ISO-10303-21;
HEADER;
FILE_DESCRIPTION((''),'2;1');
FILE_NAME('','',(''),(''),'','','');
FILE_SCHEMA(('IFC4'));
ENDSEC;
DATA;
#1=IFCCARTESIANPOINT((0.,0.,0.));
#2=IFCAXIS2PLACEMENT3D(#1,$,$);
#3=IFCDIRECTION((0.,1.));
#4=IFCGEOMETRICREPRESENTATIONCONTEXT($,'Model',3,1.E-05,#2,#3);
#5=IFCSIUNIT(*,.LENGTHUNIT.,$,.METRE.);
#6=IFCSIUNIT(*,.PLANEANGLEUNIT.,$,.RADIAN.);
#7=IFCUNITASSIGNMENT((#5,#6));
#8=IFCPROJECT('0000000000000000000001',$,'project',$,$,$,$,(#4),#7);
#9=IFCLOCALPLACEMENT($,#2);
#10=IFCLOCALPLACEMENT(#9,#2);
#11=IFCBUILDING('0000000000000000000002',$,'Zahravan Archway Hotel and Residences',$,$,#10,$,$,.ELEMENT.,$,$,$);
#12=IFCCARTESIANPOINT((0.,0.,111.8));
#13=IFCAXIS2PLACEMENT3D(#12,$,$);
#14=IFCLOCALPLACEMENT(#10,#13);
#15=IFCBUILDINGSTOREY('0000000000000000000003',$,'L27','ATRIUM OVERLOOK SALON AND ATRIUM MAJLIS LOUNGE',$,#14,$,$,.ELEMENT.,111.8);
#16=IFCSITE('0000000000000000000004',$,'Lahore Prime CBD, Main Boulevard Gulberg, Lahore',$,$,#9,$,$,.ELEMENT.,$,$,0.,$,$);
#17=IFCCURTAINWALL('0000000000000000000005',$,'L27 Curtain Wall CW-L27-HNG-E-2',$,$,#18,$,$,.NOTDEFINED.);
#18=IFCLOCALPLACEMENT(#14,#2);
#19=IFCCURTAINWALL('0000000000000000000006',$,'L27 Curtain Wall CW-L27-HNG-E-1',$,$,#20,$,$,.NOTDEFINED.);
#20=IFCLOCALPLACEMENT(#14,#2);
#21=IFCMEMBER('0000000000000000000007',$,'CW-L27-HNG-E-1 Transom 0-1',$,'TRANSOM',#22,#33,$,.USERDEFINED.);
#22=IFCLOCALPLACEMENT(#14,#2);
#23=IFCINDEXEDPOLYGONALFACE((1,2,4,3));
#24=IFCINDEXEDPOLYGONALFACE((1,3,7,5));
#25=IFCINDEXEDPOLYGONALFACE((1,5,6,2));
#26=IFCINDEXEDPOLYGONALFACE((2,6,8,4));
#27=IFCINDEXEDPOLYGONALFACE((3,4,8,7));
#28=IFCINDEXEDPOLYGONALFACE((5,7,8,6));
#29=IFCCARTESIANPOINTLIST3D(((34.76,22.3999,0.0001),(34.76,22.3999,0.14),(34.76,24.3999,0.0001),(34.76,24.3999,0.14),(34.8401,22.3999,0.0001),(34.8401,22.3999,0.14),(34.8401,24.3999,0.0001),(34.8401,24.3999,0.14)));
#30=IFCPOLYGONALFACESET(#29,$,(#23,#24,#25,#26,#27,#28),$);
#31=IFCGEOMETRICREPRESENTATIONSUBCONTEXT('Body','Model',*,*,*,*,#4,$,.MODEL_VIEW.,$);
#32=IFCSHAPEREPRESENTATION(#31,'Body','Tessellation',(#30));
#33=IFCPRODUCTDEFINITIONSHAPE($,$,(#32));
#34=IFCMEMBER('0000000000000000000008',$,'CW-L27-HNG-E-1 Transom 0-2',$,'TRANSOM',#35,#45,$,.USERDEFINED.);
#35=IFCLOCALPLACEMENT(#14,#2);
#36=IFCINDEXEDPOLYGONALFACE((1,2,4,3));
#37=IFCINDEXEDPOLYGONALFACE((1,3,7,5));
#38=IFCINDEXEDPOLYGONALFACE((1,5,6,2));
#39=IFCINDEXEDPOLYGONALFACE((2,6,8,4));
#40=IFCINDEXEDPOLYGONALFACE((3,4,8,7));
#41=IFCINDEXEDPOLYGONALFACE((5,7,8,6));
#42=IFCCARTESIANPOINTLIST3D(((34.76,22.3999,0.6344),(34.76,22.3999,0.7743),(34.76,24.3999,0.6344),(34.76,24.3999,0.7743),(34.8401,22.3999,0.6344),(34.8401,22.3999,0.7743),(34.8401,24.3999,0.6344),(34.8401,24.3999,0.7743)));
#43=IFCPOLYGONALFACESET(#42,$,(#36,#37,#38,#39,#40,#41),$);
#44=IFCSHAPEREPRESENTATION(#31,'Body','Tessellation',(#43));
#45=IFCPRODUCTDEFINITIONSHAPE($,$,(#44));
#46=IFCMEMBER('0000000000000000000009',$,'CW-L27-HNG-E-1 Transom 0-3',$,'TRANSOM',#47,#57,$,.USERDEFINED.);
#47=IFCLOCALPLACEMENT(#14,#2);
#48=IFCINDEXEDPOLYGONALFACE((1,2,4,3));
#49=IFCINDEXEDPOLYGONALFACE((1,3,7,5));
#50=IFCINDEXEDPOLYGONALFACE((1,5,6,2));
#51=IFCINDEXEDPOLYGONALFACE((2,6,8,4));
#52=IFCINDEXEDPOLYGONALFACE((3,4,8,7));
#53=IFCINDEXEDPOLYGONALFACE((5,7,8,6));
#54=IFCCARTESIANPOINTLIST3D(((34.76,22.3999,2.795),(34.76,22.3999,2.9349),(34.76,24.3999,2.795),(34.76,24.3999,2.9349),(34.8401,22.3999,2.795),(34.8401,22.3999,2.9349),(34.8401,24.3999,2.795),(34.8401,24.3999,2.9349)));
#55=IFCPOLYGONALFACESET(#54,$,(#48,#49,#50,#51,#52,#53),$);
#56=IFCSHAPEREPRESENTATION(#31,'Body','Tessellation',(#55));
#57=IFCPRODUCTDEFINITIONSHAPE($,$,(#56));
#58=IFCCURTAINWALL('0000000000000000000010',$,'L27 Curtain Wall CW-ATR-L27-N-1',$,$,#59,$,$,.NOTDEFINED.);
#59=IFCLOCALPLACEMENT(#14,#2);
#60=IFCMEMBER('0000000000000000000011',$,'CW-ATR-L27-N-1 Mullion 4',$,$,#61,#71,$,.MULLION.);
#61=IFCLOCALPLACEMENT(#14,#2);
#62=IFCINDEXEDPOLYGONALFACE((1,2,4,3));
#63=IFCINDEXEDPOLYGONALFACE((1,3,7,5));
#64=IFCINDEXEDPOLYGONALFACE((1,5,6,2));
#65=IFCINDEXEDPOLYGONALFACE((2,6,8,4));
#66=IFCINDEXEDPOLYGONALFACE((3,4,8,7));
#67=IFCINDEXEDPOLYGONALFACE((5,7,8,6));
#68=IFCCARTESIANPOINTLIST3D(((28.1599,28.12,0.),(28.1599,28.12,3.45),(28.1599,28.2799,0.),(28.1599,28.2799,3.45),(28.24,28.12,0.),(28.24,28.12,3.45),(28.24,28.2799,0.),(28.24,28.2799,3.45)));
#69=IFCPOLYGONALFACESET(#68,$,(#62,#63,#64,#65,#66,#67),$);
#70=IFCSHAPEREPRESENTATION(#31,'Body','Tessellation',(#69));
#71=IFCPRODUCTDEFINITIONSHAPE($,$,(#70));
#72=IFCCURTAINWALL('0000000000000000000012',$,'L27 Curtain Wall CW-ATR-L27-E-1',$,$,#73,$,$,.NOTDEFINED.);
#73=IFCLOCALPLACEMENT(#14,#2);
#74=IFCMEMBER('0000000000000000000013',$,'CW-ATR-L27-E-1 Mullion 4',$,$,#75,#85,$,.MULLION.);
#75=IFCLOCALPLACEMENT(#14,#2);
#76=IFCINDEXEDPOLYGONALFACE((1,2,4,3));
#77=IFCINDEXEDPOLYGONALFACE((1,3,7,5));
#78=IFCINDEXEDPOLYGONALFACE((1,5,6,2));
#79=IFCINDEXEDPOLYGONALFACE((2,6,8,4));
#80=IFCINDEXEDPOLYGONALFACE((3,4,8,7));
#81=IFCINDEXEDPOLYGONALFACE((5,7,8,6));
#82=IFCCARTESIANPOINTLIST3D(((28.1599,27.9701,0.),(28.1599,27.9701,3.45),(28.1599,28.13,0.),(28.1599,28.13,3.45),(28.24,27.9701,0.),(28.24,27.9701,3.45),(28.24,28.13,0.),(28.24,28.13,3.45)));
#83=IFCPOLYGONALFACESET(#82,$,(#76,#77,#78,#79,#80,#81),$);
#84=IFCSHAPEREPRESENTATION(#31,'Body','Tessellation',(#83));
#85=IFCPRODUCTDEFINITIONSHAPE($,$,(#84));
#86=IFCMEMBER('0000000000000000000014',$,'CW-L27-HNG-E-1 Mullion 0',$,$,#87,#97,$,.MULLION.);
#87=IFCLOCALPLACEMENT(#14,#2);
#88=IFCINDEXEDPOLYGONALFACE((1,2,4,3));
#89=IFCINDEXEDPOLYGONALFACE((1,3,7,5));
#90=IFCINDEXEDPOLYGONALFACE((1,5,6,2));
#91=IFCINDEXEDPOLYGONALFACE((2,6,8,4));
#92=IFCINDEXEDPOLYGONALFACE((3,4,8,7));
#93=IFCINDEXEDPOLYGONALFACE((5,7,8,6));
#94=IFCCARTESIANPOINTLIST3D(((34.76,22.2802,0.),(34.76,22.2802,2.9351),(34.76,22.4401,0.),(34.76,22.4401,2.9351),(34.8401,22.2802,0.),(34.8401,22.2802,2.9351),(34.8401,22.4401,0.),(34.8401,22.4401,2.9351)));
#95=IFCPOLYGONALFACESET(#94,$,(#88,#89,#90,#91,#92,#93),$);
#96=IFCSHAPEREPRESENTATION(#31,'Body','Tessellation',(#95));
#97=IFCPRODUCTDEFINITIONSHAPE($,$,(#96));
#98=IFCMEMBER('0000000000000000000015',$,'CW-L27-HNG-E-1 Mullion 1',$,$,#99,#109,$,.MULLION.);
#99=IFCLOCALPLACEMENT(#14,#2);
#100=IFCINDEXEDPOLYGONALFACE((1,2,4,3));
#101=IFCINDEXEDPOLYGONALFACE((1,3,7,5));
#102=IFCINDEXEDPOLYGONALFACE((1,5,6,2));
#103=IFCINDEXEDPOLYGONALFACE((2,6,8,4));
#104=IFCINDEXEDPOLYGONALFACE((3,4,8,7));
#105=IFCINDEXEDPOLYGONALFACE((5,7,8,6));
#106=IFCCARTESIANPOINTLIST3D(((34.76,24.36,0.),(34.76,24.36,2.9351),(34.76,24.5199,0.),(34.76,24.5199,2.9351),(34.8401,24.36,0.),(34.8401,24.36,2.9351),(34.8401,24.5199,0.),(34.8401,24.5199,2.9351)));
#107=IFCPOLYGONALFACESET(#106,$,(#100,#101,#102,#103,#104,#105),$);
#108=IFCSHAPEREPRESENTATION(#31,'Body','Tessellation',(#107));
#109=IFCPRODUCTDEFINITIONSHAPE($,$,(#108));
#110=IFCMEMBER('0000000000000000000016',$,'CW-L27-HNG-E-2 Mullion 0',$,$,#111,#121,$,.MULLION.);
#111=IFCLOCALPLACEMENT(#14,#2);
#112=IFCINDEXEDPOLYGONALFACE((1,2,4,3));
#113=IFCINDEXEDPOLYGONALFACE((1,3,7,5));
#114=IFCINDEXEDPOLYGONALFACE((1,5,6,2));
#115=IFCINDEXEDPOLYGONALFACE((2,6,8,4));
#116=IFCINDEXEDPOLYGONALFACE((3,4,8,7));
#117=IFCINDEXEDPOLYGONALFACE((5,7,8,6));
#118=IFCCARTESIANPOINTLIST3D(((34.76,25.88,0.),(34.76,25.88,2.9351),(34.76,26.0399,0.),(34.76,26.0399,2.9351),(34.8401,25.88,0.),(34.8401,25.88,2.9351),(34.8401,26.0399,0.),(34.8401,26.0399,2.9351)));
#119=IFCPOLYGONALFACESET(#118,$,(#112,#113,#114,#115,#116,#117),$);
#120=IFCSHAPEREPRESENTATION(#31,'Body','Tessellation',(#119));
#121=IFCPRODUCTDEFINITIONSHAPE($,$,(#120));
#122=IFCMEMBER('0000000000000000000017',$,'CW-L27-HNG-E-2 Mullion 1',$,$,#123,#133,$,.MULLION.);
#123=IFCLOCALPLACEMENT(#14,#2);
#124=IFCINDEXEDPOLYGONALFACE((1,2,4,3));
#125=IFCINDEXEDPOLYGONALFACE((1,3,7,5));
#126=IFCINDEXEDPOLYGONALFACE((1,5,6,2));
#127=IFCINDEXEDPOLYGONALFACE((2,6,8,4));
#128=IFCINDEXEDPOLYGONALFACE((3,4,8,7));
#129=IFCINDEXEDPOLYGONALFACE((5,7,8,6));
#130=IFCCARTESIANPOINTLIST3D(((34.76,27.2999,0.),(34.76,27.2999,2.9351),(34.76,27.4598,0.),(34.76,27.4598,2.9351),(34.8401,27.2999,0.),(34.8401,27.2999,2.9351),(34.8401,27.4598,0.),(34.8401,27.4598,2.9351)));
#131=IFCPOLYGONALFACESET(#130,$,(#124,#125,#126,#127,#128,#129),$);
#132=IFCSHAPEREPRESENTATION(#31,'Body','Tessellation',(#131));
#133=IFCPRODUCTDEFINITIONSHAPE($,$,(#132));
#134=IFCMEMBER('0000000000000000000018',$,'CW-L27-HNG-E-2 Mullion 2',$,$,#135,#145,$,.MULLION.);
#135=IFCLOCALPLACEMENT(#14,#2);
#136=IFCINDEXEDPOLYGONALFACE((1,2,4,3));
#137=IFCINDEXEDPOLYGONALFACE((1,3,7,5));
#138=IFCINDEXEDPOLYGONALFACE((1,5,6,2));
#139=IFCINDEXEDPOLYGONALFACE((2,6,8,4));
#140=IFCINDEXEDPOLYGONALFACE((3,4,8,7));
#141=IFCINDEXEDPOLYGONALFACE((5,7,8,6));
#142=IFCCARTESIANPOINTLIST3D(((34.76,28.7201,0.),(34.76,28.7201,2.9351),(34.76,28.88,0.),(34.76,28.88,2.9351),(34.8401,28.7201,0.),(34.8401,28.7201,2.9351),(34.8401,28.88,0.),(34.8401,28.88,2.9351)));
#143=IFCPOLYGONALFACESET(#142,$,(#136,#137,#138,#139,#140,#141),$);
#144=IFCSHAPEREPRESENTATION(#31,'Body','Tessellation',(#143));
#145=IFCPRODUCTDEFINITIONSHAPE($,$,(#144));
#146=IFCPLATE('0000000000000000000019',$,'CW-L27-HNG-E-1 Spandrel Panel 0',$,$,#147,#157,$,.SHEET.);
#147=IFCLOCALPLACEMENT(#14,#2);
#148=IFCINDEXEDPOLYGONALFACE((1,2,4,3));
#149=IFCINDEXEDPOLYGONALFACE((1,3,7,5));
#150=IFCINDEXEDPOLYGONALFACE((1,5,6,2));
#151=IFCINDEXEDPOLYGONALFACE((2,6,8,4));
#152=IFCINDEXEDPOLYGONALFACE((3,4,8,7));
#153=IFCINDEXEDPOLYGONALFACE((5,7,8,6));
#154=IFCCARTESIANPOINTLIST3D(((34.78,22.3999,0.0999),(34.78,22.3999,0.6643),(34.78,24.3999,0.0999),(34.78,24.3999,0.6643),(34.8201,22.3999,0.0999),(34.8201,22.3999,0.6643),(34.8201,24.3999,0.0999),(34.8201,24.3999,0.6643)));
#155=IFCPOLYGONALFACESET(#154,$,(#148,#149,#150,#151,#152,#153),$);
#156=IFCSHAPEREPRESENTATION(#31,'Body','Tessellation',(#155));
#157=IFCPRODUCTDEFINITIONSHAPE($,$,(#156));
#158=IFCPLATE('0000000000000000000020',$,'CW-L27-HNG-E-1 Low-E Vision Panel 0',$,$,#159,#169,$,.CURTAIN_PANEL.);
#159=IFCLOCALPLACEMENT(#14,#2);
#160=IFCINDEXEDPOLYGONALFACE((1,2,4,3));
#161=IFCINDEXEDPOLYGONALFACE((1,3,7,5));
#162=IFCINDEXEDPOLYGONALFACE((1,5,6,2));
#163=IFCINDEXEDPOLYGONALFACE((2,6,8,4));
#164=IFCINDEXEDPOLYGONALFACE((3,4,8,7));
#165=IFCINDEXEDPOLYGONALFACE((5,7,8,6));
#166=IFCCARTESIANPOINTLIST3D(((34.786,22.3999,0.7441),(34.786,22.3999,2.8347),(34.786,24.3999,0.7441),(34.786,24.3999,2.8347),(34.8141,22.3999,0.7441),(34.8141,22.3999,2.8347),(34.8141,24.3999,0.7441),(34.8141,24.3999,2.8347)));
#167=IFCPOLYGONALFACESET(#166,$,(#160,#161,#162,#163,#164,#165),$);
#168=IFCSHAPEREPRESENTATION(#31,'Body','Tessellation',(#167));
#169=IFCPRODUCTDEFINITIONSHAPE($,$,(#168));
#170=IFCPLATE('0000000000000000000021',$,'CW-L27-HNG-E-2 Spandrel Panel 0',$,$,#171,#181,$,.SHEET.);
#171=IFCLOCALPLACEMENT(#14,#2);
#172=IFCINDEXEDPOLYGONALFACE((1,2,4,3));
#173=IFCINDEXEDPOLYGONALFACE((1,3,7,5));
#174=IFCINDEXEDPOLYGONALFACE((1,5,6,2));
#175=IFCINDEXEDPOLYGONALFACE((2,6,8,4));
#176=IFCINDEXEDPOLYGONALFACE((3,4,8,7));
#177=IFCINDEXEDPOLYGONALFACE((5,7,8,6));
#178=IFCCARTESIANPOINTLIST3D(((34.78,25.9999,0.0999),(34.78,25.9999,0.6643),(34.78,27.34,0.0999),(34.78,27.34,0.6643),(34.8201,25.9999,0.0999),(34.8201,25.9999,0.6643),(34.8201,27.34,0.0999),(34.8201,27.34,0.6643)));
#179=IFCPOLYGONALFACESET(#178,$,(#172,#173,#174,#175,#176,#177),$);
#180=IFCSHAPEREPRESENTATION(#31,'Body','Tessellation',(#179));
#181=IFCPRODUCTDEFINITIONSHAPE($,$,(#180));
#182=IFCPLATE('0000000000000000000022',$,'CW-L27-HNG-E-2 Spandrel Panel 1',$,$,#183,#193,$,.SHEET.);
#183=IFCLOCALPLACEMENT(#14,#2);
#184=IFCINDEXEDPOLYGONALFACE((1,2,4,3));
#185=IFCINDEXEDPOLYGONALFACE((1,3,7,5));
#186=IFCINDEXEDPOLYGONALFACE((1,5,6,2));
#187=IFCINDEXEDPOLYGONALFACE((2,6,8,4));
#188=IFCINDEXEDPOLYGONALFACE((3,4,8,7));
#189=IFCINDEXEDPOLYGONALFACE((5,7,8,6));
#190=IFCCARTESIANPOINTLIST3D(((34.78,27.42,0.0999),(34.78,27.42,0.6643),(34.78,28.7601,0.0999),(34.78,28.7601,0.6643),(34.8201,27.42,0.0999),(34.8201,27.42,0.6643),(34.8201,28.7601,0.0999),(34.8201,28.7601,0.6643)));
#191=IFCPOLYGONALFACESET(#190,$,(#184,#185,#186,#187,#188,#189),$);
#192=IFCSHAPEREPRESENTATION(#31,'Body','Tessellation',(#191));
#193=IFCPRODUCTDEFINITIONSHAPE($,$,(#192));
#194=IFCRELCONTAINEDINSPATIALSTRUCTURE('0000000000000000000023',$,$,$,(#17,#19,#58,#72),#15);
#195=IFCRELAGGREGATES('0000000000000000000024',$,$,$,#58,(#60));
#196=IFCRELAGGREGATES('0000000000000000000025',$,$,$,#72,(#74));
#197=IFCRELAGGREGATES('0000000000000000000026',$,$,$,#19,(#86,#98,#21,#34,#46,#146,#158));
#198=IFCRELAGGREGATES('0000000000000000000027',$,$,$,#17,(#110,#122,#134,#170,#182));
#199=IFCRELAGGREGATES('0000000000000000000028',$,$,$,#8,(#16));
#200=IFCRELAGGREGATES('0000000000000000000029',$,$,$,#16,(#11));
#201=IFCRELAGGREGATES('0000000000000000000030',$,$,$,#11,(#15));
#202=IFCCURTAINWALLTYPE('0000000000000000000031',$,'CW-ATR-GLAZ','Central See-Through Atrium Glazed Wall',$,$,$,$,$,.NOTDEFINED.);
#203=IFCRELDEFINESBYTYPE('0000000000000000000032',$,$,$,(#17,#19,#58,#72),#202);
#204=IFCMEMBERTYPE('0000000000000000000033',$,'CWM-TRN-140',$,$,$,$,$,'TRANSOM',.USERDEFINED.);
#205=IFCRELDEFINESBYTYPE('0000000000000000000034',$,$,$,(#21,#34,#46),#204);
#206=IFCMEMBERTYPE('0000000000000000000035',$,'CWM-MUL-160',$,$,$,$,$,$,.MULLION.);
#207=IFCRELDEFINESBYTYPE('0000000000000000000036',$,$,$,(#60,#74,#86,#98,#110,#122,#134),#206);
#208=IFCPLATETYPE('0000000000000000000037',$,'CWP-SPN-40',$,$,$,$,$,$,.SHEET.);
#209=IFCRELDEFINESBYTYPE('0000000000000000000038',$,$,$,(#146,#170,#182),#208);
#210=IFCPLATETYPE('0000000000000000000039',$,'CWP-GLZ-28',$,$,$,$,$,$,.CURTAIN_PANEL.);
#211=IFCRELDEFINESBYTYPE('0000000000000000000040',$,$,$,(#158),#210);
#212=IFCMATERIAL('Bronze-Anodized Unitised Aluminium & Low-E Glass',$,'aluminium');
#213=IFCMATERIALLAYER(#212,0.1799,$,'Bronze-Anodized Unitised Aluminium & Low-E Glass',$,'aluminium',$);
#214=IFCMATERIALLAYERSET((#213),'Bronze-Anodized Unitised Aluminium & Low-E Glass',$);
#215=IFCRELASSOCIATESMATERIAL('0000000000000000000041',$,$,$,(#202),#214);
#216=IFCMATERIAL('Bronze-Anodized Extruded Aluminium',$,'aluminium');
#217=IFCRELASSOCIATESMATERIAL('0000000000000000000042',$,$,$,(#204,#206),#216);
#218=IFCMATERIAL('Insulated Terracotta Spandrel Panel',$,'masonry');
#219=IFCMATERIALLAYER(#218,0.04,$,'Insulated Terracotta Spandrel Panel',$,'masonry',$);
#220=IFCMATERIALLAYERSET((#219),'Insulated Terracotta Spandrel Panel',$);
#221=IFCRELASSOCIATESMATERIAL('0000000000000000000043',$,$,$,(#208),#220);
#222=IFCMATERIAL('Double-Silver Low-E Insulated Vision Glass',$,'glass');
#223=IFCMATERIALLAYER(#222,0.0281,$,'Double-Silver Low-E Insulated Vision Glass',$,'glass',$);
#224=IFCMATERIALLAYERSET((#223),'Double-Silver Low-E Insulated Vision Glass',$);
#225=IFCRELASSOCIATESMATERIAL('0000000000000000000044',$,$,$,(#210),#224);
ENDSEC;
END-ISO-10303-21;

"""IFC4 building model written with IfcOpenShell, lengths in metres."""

from ifc_helpers import new_model, si_unit, direction, frame, origin, origin_2d, place, context, subcontext, project, spatial, rectangle, extrude, source, transform, mapped, material, layer, layer_set, material_profile, profile_set, type_object, element, aggregate, save


model = new_model("IFC4")

# Units and contexts
model_context = context("Model", 3, precision=1e-05, world=origin(), true_north=direction((0.0, 1.0)))
body_context = subcontext(model_context, "Body", "Model", "MODEL_VIEW")
ifc_project = project(units=[si_unit("LENGTHUNIT", "METRE"), si_unit("PLANEANGLEUNIT", "RADIAN")], contexts=[model_context])

# Site, building, storey
site_placement = place(None, origin())
site = spatial("IfcSite", under=ifc_project, at=site_placement, Name="Lahore Prime CBD, Main Boulevard Gulberg, Lahore", CompositionType="ELEMENT", RefElevation=0.0)
building_placement = place(site_placement, origin())
building = spatial("IfcBuilding", under=site, at=building_placement, Name="Zahravan Archway Hotel and Residences", CompositionType="ELEMENT")
storey_placement = place(building_placement, frame((0.0, 0.0, 111.8)))
storey = spatial("IfcBuildingStorey", under=building, at=storey_placement, Name="L27", Description="ATRIUM OVERLOOK SALON AND ATRIUM MAJLIS LOUNGE", CompositionType="ELEMENT", Elevation=111.8)

# Curtain walls, members
ifc_material_1 = material(Name="Bronze-Anodized Unitised Aluminium & Low-E Glass", Category="aluminium")
ifc_layer_1 = layer(ifc_material_1, 0.1799, Name="Bronze-Anodized Unitised Aluminium & Low-E Glass", Category="aluminium")
ifc_layer_set_1 = layer_set([ifc_layer_1], Name="Bronze-Anodized Unitised Aluminium & Low-E Glass")
curtain_wall_type = type_object("IfcCurtainWallType", Name="CW-ATR-GLAZ", Description="Central See-Through Atrium Glazed Wall", PredefinedType="NOTDEFINED", material=ifc_layer_set_1)
curtain_wall_1_placement = place(storey_placement, origin())
curtain_wall_1 = element("IfcCurtainWall", 1, at=curtain_wall_1_placement, inside=storey, type_object=curtain_wall_type, Name="L27 Curtain Wall CW-L27-HNG-E-2", PredefinedType="NOTDEFINED")
ifc_material_2 = material(Name="Bronze-Anodized Extruded Aluminium", Category="aluminium")
ifc_material_profile_1 = material_profile(ifc_material_2, rectangle(XDim=0.0801, YDim=0.1399, at=origin_2d()), Name="TRN 80x140", Category="aluminium")
ifc_profile_set_1 = profile_set([ifc_material_profile_1], Name="Bronze-Anodized Extruded Aluminium")
member_type_1 = type_object("IfcMemberType", Name="CWM-TRN-140", ElementType="TRANSOM", PredefinedType="USERDEFINED", material=ifc_profile_set_1)
curtain_wall_2_placement = place(storey_placement, origin())
curtain_wall_2 = element("IfcCurtainWall", 2, at=curtain_wall_2_placement, inside=storey, type_object=curtain_wall_type, Name="L27 Curtain Wall CW-L27-HNG-E-1", PredefinedType="NOTDEFINED")
shared_shape_1 = source(origin(), body_context, "Body", "SweptSolid", [
    extrude(rectangle(XDim=0.0801, YDim=0.1399, at=origin_2d()), origin(), (0.0, 0.0, 1.0), 2.0),
])
member_1_placement = place(storey_placement, frame((34.8, 22.3999, 0.0701), z_axis=(0.0, 1.0, 0.0), x_axis=(-1.0, 0.0, 0.0)))
member_1 = element("IfcMember", 3, at=member_1_placement, type_object=member_type_1, Name="CW-L27-HNG-E-1 Transom 0-1", ObjectType="TRANSOM", PredefinedType="USERDEFINED", context=body_context, shape_type="MappedRepresentation", body=[
    mapped(shared_shape_1, transform((0.0, 0.0, 0.0), scale=1.0)),
])
member_2_placement = place(storey_placement, frame((34.8, 22.3999, 0.7043), z_axis=(0.0, 1.0, 0.0), x_axis=(-1.0, 0.0, 0.0)))
member_2 = element("IfcMember", 4, at=member_2_placement, type_object=member_type_1, Name="CW-L27-HNG-E-1 Transom 0-2", ObjectType="TRANSOM", PredefinedType="USERDEFINED", context=body_context, shape_type="MappedRepresentation", body=[
    mapped(shared_shape_1, transform((0.0, 0.0, 0.0), scale=1.0)),
])
member_3_placement = place(storey_placement, frame((34.8, 22.3999, 2.865), z_axis=(0.0, 1.0, 0.0), x_axis=(-1.0, 0.0, 0.0)))
member_3 = element("IfcMember", 5, at=member_3_placement, type_object=member_type_1, Name="CW-L27-HNG-E-1 Transom 0-3", ObjectType="TRANSOM", PredefinedType="USERDEFINED", context=body_context, shape_type="MappedRepresentation", body=[
    mapped(shared_shape_1, transform((0.0, 0.0, 0.0), scale=1.0)),
])

# Curtain walls, members
curtain_wall_3_placement = place(storey_placement, origin())
curtain_wall_3 = element("IfcCurtainWall", 6, at=curtain_wall_3_placement, inside=storey, type_object=curtain_wall_type, Name="L27 Curtain Wall CW-ATR-L27-N-1", PredefinedType="NOTDEFINED")
ifc_material_profile_2 = material_profile(ifc_material_2, rectangle(XDim=0.0801, YDim=0.1599, at=origin_2d()), Name="MUL 80x160", Category="aluminium")
ifc_profile_set_2 = profile_set([ifc_material_profile_2], Name="Bronze-Anodized Extruded Aluminium")
member_type_2 = type_object("IfcMemberType", Name="CWM-MUL-160", PredefinedType="MULLION", material=ifc_profile_set_2)
shared_shape_2 = source(origin(), body_context, "Body", "SweptSolid", [
    extrude(rectangle(XDim=0.0801, YDim=0.1599, at=origin_2d()), origin(), (0.0, 0.0, 1.0), 3.45),
])
member_4_placement = place(storey_placement, frame((28.2, 28.2, 0.0), z_axis=(0.0, 0.0, 1.0), x_axis=(1.0, 0.0, 0.0)))
member_4 = element("IfcMember", 7, at=member_4_placement, type_object=member_type_2, Name="CW-ATR-L27-N-1 Mullion 4", PredefinedType="MULLION", context=body_context, shape_type="MappedRepresentation", body=[
    mapped(shared_shape_2, transform((0.0, 0.0, 0.0), scale=1.0)),
])
aggregate(curtain_wall_3, [member_4])
curtain_wall_4_placement = place(storey_placement, origin())
curtain_wall_4 = element("IfcCurtainWall", 8, at=curtain_wall_4_placement, inside=storey, type_object=curtain_wall_type, Name="L27 Curtain Wall CW-ATR-L27-E-1", PredefinedType="NOTDEFINED")
member_5_placement = place(storey_placement, frame((28.2, 28.05, 0.0), z_axis=(0.0, 0.0, 1.0), x_axis=(1.0, 0.0, 0.0)))
member_5 = element("IfcMember", 9, at=member_5_placement, type_object=member_type_2, Name="CW-ATR-L27-E-1 Mullion 4", PredefinedType="MULLION", context=body_context, shape_type="MappedRepresentation", body=[
    mapped(shared_shape_2, transform((0.0, 0.0, 0.0), scale=1.0)),
])
aggregate(curtain_wall_4, [member_5])

# Members
shared_shape_3 = source(origin(), body_context, "Body", "SweptSolid", [
    extrude(rectangle(XDim=0.0801, YDim=0.1599, at=origin_2d()), origin(), (0.0, 0.0, 1.0), 2.9351),
])
member_6_placement = place(storey_placement, frame((34.8, 22.3601, 0.0), z_axis=(0.0, 0.0, 1.0), x_axis=(1.0, 0.0, 0.0)))
member_6 = element("IfcMember", 10, at=member_6_placement, type_object=member_type_2, Name="CW-L27-HNG-E-1 Mullion 0", PredefinedType="MULLION", context=body_context, shape_type="MappedRepresentation", body=[
    mapped(shared_shape_3, transform((0.0, 0.0, 0.0), scale=1.0)),
])
member_7_placement = place(storey_placement, frame((34.8, 24.4399, 0.0), z_axis=(0.0, 0.0, 1.0), x_axis=(1.0, 0.0, 0.0)))
member_7 = element("IfcMember", 11, at=member_7_placement, type_object=member_type_2, Name="CW-L27-HNG-E-1 Mullion 1", PredefinedType="MULLION", context=body_context, shape_type="MappedRepresentation", body=[
    mapped(shared_shape_3, transform((0.0, 0.0, 0.0), scale=1.0)),
])
member_8_placement = place(storey_placement, frame((34.8, 25.96, 0.0), z_axis=(0.0, 0.0, 1.0), x_axis=(1.0, 0.0, 0.0)))
member_8 = element("IfcMember", 12, at=member_8_placement, type_object=member_type_2, Name="CW-L27-HNG-E-2 Mullion 0", PredefinedType="MULLION", context=body_context, shape_type="MappedRepresentation", body=[
    mapped(shared_shape_3, transform((0.0, 0.0, 0.0), scale=1.0)),
])
member_9_placement = place(storey_placement, frame((34.8, 27.3799, 0.0), z_axis=(0.0, 0.0, 1.0), x_axis=(1.0, 0.0, 0.0)))
member_9 = element("IfcMember", 13, at=member_9_placement, type_object=member_type_2, Name="CW-L27-HNG-E-2 Mullion 1", PredefinedType="MULLION", context=body_context, shape_type="MappedRepresentation", body=[
    mapped(shared_shape_3, transform((0.0, 0.0, 0.0), scale=1.0)),
])
member_10_placement = place(storey_placement, frame((34.8, 28.8, 0.0), z_axis=(0.0, 0.0, 1.0), x_axis=(1.0, 0.0, 0.0)))
member_10 = element("IfcMember", 14, at=member_10_placement, type_object=member_type_2, Name="CW-L27-HNG-E-2 Mullion 2", PredefinedType="MULLION", context=body_context, shape_type="MappedRepresentation", body=[
    mapped(shared_shape_3, transform((0.0, 0.0, 0.0), scale=1.0)),
])

# Plates
ifc_material_3 = material(Name="Insulated Terracotta Spandrel Panel", Category="masonry")
ifc_layer_2 = layer(ifc_material_3, 0.04, Name="Insulated Terracotta Spandrel Panel", Category="masonry")
ifc_layer_set_2 = layer_set([ifc_layer_2], Name="Insulated Terracotta Spandrel Panel")
plate_type_1 = type_object("IfcPlateType", Name="CWP-SPN-40", PredefinedType="SHEET", material=ifc_layer_set_2)
shared_shape_4 = source(origin(), body_context, "Body", "SweptSolid", [
    extrude(rectangle(XDim=2.0, YDim=0.04, at=origin_2d()), origin(), (0.0, 0.0, 1.0), 0.5645),
])
plate_1_placement = place(storey_placement, frame((34.8, 23.3999, 0.0999), z_axis=(0.0, 0.0, 1.0), x_axis=(0.0, 1.0, 0.0)))
plate_1 = element("IfcPlate", 15, at=plate_1_placement, type_object=plate_type_1, Name="CW-L27-HNG-E-1 Spandrel Panel 0", PredefinedType="SHEET", context=body_context, shape_type="MappedRepresentation", body=[
    mapped(shared_shape_4, transform((0.0, 0.0, 0.0), scale=1.0)),
])
ifc_material_4 = material(Name="Double-Silver Low-E Insulated Vision Glass", Category="glass")
ifc_layer_3 = layer(ifc_material_4, 0.0281, Name="Double-Silver Low-E Insulated Vision Glass", Category="glass")
ifc_layer_set_3 = layer_set([ifc_layer_3], Name="Double-Silver Low-E Insulated Vision Glass")
plate_type_2 = type_object("IfcPlateType", Name="CWP-GLZ-28", PredefinedType="CURTAIN_PANEL", material=ifc_layer_set_3)
shared_shape_5 = source(origin(), body_context, "Body", "SweptSolid", [
    extrude(rectangle(XDim=2.0, YDim=0.0281, at=origin_2d()), origin(), (0.0, 0.0, 1.0), 2.0906),
])
plate_2_placement = place(storey_placement, frame((34.8, 23.3999, 0.7441), z_axis=(0.0, 0.0, 1.0), x_axis=(0.0, 1.0, 0.0)))
plate_2 = element("IfcPlate", 16, at=plate_2_placement, type_object=plate_type_2, Name="CW-L27-HNG-E-1 Low-E Vision Panel 0", PredefinedType="CURTAIN_PANEL", context=body_context, shape_type="MappedRepresentation", body=[
    mapped(shared_shape_5, transform((0.0, 0.0, 0.0), scale=1.0)),
])
aggregate(curtain_wall_2, [member_6, member_7, member_1, member_2, member_3, plate_1, plate_2])
shared_shape_6 = source(origin(), body_context, "Body", "SweptSolid", [
    extrude(rectangle(XDim=1.3401, YDim=0.04, at=origin_2d()), origin(), (0.0, 0.0, 1.0), 0.5645),
])
plate_3_placement = place(storey_placement, frame((34.8, 26.6699, 0.0999), z_axis=(0.0, 0.0, 1.0), x_axis=(0.0, 1.0, 0.0)))
plate_3 = element("IfcPlate", 17, at=plate_3_placement, type_object=plate_type_1, Name="CW-L27-HNG-E-2 Spandrel Panel 0", PredefinedType="SHEET", context=body_context, shape_type="MappedRepresentation", body=[
    mapped(shared_shape_6, transform((0.0, 0.0, 0.0), scale=1.0)),
])
plate_4_placement = place(storey_placement, frame((34.8, 28.0901, 0.0999), z_axis=(0.0, 0.0, 1.0), x_axis=(0.0, 1.0, 0.0)))
plate_4 = element("IfcPlate", 18, at=plate_4_placement, type_object=plate_type_1, Name="CW-L27-HNG-E-2 Spandrel Panel 1", PredefinedType="SHEET", context=body_context, shape_type="MappedRepresentation", body=[
    mapped(shared_shape_6, transform((0.0, 0.0, 0.0), scale=1.0)),
])
aggregate(curtain_wall_1, [member_8, member_9, member_10, plate_3, plate_4])

save(model, "model.ifc")
